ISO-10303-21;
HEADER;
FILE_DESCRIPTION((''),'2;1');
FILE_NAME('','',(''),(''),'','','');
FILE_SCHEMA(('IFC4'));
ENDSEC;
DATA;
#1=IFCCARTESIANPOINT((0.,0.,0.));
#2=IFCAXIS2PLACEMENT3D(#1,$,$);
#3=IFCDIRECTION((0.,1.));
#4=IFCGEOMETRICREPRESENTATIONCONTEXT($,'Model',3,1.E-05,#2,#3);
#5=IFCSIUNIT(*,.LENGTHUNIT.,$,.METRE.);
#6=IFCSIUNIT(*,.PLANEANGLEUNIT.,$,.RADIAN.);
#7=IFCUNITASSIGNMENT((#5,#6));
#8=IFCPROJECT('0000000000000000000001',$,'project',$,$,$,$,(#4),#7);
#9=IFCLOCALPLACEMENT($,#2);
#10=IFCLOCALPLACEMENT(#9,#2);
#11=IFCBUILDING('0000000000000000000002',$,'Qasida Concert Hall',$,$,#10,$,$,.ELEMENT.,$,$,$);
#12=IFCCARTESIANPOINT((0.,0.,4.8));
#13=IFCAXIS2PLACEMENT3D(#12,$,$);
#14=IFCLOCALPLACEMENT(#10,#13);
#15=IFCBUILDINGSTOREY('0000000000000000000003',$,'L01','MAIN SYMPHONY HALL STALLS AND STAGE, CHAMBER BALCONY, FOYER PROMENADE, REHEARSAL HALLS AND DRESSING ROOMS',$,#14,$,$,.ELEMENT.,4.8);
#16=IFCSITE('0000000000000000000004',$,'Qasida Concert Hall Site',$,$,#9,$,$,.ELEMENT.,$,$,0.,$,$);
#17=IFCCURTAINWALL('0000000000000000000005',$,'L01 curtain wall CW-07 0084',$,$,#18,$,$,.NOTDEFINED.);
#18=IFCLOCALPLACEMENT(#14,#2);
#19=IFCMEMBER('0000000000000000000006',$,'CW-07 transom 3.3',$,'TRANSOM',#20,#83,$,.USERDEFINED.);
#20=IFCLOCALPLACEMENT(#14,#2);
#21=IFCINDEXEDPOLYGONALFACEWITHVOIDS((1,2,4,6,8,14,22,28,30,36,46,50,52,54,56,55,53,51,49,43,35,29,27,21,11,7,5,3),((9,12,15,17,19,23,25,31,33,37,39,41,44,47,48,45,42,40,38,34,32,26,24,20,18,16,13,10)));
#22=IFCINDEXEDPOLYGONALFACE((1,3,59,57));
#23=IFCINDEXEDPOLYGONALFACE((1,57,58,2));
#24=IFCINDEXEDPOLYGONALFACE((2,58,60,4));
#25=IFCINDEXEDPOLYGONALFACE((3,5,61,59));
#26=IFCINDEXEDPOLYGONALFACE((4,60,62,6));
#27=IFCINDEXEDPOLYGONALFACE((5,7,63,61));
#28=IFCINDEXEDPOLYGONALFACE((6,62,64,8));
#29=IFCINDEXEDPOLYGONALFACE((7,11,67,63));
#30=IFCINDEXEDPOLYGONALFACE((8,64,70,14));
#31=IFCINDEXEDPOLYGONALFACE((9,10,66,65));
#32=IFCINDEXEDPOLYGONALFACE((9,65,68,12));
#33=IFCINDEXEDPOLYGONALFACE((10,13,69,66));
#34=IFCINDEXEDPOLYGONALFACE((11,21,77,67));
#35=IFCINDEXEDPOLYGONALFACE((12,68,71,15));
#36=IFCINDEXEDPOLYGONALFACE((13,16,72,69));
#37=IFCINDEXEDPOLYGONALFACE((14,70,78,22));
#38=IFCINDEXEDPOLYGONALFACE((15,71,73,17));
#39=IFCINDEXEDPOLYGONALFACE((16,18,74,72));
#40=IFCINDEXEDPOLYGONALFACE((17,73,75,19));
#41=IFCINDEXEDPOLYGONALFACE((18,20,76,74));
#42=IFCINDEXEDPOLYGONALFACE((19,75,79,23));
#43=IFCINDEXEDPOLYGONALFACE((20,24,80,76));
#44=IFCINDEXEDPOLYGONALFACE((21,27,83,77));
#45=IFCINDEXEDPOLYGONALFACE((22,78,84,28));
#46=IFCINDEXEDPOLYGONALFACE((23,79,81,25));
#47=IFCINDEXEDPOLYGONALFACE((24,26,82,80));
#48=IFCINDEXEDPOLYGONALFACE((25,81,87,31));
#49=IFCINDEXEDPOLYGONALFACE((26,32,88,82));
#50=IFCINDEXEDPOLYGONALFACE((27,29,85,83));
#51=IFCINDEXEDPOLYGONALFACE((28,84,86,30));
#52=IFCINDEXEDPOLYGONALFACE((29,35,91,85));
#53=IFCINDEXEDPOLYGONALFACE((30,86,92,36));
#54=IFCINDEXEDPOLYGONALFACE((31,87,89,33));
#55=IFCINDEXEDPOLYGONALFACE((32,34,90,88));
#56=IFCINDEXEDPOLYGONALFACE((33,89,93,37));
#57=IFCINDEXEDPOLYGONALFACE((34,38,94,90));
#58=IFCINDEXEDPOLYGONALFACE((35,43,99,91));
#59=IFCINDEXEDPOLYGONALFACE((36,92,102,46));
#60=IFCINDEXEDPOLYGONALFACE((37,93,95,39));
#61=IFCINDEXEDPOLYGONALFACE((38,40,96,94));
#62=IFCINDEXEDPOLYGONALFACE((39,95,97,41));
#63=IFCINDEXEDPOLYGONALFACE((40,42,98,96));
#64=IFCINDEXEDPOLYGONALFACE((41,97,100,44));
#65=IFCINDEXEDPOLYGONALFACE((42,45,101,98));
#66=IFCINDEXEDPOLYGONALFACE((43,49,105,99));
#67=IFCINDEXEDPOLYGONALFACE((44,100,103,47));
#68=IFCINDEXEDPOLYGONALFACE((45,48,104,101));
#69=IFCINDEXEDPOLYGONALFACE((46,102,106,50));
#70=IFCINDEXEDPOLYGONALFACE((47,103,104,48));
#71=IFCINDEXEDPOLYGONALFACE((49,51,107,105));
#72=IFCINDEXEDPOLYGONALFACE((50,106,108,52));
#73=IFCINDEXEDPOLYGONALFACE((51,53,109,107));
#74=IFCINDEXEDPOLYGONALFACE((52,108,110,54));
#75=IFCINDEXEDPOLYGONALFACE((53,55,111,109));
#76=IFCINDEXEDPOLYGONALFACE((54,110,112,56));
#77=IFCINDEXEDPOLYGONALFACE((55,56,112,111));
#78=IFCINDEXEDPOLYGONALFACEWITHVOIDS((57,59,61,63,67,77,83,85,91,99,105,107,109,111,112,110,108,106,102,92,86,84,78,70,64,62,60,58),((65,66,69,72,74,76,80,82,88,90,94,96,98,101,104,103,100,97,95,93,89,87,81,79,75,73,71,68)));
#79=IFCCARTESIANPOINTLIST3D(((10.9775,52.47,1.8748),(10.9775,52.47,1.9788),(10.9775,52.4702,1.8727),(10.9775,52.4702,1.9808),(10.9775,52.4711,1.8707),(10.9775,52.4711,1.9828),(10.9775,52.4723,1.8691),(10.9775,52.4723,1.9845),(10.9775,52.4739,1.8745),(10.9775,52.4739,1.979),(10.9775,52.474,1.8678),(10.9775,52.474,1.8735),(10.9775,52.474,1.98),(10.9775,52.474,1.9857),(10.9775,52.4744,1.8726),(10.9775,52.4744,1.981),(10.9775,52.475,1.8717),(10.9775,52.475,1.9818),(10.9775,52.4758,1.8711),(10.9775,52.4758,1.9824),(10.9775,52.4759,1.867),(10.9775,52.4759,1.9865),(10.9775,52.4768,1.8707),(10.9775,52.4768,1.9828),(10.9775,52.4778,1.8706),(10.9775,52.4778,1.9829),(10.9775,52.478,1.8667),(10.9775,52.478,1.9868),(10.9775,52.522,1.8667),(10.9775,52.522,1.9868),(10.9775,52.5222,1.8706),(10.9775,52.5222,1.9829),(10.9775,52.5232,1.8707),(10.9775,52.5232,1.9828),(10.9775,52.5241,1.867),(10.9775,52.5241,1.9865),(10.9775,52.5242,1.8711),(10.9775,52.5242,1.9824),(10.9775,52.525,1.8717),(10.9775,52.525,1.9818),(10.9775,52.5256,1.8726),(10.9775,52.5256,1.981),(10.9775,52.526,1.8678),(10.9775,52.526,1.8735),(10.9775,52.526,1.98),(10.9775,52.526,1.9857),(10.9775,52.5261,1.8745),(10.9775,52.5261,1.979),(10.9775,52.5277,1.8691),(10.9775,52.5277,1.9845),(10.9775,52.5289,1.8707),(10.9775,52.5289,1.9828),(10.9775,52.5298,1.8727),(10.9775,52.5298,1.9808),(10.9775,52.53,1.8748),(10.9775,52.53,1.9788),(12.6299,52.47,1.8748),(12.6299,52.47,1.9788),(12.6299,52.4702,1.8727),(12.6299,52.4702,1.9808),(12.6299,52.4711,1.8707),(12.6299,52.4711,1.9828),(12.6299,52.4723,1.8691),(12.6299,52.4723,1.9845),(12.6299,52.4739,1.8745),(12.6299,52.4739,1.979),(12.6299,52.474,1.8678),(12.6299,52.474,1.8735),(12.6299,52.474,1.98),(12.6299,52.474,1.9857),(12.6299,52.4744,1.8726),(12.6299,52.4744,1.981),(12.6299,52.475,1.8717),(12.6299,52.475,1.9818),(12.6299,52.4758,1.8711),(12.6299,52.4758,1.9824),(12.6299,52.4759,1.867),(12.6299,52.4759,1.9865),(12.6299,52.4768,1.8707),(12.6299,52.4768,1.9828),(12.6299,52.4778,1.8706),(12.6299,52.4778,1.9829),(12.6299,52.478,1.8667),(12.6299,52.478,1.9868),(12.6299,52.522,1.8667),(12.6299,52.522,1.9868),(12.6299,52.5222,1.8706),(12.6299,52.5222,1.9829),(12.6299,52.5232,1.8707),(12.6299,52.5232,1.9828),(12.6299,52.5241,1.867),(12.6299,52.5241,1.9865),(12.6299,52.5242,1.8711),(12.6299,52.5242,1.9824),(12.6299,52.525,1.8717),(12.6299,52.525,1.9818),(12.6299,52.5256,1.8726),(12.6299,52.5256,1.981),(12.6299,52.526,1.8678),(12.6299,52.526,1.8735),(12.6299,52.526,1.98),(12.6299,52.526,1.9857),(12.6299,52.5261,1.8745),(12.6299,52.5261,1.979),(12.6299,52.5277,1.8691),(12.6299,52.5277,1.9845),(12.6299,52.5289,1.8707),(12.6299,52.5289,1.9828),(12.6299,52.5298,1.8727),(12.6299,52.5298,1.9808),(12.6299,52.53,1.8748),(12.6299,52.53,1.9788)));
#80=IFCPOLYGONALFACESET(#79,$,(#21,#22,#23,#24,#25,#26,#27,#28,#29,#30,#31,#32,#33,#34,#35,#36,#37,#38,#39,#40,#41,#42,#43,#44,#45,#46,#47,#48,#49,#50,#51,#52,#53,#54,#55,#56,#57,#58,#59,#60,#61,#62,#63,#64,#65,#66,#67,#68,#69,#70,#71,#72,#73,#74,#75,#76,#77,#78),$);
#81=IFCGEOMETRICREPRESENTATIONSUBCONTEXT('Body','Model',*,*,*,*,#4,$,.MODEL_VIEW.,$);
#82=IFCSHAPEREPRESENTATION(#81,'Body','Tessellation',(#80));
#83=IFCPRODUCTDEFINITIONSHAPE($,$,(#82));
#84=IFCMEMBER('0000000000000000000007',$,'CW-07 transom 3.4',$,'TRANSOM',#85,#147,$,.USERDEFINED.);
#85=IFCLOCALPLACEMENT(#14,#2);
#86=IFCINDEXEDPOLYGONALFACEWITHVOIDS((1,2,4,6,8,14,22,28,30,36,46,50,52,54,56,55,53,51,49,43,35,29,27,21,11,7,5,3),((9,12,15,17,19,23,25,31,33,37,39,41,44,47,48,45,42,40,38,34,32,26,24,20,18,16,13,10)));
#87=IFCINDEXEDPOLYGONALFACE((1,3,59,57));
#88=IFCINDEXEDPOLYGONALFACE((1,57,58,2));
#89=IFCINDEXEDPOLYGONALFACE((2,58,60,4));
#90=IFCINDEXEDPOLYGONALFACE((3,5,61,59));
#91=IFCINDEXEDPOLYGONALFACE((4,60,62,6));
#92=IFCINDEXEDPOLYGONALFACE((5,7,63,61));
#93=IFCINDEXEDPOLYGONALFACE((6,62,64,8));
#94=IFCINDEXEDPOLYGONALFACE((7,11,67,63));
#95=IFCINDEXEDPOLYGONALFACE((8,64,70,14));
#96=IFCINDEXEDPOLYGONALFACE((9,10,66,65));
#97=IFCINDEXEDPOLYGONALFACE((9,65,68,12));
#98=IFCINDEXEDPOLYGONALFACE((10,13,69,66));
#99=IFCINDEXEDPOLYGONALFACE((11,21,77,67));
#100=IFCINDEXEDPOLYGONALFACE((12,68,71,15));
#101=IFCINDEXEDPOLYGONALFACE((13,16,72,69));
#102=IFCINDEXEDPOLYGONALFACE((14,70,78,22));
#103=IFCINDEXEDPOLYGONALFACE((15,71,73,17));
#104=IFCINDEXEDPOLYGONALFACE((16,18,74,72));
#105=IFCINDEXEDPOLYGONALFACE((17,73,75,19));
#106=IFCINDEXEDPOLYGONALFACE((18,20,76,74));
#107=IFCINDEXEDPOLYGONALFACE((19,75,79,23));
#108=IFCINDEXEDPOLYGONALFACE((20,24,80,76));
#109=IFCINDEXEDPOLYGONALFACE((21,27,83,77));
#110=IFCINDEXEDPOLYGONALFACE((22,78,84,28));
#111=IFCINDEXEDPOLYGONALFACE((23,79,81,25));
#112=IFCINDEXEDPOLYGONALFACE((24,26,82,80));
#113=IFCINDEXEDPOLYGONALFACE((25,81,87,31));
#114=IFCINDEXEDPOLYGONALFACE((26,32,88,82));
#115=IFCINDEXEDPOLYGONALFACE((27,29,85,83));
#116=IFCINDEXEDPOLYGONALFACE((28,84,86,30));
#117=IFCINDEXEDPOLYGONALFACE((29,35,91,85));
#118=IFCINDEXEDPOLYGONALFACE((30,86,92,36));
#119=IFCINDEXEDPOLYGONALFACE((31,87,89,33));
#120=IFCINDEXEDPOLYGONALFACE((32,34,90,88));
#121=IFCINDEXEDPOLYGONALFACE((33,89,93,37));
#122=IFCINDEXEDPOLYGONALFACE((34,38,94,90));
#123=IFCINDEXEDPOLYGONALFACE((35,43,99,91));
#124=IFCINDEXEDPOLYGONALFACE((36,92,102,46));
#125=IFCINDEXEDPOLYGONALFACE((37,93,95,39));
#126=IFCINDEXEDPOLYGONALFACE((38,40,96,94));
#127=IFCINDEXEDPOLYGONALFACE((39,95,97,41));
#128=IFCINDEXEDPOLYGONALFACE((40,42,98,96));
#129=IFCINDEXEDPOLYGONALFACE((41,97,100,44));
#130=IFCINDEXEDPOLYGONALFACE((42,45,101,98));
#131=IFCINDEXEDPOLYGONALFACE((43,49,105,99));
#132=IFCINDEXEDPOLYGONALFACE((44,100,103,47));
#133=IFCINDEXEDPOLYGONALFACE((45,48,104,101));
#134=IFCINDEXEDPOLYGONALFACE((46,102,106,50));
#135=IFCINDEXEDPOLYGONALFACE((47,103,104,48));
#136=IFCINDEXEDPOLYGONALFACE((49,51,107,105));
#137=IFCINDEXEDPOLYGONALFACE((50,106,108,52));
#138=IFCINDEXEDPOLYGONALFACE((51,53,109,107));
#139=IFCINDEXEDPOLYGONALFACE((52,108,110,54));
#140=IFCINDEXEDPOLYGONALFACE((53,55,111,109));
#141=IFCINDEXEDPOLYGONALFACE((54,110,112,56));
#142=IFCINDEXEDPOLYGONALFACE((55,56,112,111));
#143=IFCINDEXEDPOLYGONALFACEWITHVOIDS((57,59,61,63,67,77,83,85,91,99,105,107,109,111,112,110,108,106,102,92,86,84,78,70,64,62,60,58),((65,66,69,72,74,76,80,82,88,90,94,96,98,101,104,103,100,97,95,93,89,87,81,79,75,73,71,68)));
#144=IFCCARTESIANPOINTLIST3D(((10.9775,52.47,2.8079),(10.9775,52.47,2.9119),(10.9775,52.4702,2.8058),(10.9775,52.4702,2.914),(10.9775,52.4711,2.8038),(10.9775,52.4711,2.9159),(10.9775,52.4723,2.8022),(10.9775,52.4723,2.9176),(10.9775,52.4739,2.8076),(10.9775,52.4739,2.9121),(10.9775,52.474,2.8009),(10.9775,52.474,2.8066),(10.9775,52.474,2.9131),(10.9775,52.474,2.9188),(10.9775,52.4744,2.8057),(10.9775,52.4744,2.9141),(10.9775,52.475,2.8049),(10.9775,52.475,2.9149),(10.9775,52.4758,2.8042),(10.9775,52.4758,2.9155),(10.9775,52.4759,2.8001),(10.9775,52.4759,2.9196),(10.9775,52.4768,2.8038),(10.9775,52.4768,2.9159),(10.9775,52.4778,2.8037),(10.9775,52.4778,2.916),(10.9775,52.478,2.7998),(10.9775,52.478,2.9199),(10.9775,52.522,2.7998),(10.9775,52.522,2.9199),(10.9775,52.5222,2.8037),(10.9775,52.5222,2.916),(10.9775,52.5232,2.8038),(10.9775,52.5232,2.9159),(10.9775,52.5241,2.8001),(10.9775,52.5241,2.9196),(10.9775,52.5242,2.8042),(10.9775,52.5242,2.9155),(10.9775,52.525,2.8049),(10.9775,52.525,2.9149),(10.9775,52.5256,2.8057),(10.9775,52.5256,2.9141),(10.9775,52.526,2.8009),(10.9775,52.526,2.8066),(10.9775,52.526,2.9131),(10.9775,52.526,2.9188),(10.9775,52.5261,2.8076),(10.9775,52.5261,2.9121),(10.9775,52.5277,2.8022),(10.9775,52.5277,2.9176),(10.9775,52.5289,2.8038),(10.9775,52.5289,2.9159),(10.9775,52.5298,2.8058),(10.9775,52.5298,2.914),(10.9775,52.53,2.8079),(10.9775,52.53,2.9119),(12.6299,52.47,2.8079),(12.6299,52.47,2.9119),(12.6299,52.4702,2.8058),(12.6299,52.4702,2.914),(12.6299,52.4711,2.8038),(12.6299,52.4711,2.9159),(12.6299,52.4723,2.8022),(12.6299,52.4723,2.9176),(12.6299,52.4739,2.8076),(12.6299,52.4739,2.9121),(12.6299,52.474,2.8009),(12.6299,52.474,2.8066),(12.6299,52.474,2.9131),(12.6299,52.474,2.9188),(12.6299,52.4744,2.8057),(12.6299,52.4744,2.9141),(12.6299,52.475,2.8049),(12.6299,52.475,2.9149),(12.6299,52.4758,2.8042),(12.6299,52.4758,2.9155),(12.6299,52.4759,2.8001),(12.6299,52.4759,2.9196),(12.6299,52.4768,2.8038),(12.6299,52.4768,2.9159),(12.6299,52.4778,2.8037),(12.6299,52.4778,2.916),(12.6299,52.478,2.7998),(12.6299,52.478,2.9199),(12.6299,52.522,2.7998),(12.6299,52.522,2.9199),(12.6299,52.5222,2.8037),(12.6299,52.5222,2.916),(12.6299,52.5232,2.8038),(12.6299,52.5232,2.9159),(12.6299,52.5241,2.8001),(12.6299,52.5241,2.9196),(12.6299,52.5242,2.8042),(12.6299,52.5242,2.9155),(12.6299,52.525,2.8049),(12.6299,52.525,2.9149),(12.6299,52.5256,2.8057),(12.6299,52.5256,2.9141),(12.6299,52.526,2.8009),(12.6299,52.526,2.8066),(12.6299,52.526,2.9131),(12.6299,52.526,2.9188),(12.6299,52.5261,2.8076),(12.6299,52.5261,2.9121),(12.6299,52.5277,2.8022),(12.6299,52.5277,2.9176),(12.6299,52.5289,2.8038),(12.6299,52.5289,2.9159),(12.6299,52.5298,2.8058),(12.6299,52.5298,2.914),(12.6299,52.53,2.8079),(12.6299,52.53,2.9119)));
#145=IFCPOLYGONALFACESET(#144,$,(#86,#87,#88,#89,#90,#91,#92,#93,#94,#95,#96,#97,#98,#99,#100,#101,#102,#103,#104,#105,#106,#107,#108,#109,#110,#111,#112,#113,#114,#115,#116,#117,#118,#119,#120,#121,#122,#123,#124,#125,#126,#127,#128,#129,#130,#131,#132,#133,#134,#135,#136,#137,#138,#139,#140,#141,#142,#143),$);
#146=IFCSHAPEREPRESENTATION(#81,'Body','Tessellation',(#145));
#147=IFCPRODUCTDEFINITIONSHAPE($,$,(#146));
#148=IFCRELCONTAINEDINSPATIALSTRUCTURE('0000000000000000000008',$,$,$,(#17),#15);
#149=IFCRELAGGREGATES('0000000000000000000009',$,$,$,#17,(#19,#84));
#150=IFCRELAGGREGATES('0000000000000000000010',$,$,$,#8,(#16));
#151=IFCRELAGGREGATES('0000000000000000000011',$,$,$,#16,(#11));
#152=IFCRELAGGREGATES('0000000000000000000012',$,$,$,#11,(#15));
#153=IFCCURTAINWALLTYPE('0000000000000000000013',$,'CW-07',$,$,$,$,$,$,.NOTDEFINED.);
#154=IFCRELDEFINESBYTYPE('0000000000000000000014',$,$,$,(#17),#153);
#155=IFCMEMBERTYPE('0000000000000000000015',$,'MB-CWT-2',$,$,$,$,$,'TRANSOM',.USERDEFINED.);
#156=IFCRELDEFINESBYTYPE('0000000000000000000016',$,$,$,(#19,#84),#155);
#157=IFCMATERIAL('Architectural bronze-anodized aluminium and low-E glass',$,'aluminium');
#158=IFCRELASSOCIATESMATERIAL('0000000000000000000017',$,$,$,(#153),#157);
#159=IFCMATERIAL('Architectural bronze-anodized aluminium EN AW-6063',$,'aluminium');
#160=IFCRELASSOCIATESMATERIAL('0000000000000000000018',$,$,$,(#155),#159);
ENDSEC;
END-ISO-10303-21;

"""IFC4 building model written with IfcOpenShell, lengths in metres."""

from ifc_helpers import new_model, si_unit, direction, frame, origin, origin_2d, place, context, subcontext, project, spatial, hollow_rectangle, extrude, material, material_profile, profile_set, type_object, element, aggregate, save


model = new_model("IFC4")

# Units and contexts
model_context = context("Model", 3, precision=1e-05, world=origin(), true_north=direction((0.0, 1.0)))
body_context = subcontext(model_context, "Body", "Model", "MODEL_VIEW")
ifc_project = project(units=[si_unit("LENGTHUNIT", "METRE"), si_unit("PLANEANGLEUNIT", "RADIAN")], contexts=[model_context])

# Site, building, storey
site_placement = place(None, origin())
site = spatial("IfcSite", under=ifc_project, at=site_placement, Name="Qasida Concert Hall Site", CompositionType="ELEMENT", RefElevation=0.0)
building_placement = place(site_placement, origin())
building = spatial("IfcBuilding", under=site, at=building_placement, Name="Qasida Concert Hall", CompositionType="ELEMENT")
storey_placement = place(building_placement, frame((0.0, 0.0, 4.8)))
storey = spatial("IfcBuildingStorey", under=building, at=storey_placement, Name="L01", Description="MAIN SYMPHONY HALL STALLS AND STAGE, CHAMBER BALCONY, FOYER PROMENADE, REHEARSAL HALLS AND DRESSING ROOMS", CompositionType="ELEMENT", Elevation=4.8)

# Curtain wall, members
ifc_material_1 = material(Name="Architectural bronze-anodized aluminium and low-E glass", Category="aluminium")
curtain_wall_type = type_object("IfcCurtainWallType", Name="CW-07", PredefinedType="NOTDEFINED", material=ifc_material_1)
curtain_wall_placement = place(storey_placement, origin())
curtain_wall = element("IfcCurtainWall", 1, at=curtain_wall_placement, inside=storey, type_object=curtain_wall_type, Name="L01 curtain wall CW-07 0084", PredefinedType="NOTDEFINED")
ifc_material_2 = material(Name="Architectural bronze-anodized aluminium EN AW-6063", Category="aluminium")
ifc_material_profile_1 = material_profile(ifc_material_2, hollow_rectangle(XDim=0.0601, YDim=0.1201, WallThickness=0.0039, InnerFilletRadius=0.0039, OuterFilletRadius=0.0081, at=origin_2d()), Name="CWT 120x60x4")
ifc_profile_set_1 = profile_set([ifc_material_profile_1], Name="Architectural bronze-anodized aluminium EN AW-6063")
member_type_1 = type_object("IfcMemberType", Name="MB-CWT-2", ElementType="TRANSOM", PredefinedType="USERDEFINED", material=ifc_profile_set_1)
member_1_placement = place(storey_placement, frame((10.9775, 52.5, 1.9268), z_axis=(1.0, 0.0, 0.0), x_axis=(0.0, 1.0, 0.0)))
member_1 = element("IfcMember", 2, at=member_1_placement, type_object=member_type_1, Name="CW-07 transom 3.3", ObjectType="TRANSOM", PredefinedType="USERDEFINED", context=body_context, shape_type="SweptSolid", body=[
    extrude(hollow_rectangle(XDim=0.0601, YDim=0.1201, WallThickness=0.0039, InnerFilletRadius=0.0039, OuterFilletRadius=0.0081, at=origin_2d()), origin(), (0.0, 0.0, 1.0), 1.6523),
])
member_2_placement = place(storey_placement, frame((10.9775, 52.5, 2.8599), z_axis=(1.0, 0.0, 0.0), x_axis=(0.0, 1.0, 0.0)))
member_2 = element("IfcMember", 3, at=member_2_placement, type_object=member_type_1, Name="CW-07 transom 3.4", ObjectType="TRANSOM", PredefinedType="USERDEFINED", context=body_context, shape_type="SweptSolid", body=[
    extrude(hollow_rectangle(XDim=0.0601, YDim=0.1201, WallThickness=0.0039, InnerFilletRadius=0.0039, OuterFilletRadius=0.0081, at=origin_2d()), origin(), (0.0, 0.0, 1.0), 1.6523),
])
aggregate(curtain_wall, [member_1, member_2])

save(model, "model.ifc")
